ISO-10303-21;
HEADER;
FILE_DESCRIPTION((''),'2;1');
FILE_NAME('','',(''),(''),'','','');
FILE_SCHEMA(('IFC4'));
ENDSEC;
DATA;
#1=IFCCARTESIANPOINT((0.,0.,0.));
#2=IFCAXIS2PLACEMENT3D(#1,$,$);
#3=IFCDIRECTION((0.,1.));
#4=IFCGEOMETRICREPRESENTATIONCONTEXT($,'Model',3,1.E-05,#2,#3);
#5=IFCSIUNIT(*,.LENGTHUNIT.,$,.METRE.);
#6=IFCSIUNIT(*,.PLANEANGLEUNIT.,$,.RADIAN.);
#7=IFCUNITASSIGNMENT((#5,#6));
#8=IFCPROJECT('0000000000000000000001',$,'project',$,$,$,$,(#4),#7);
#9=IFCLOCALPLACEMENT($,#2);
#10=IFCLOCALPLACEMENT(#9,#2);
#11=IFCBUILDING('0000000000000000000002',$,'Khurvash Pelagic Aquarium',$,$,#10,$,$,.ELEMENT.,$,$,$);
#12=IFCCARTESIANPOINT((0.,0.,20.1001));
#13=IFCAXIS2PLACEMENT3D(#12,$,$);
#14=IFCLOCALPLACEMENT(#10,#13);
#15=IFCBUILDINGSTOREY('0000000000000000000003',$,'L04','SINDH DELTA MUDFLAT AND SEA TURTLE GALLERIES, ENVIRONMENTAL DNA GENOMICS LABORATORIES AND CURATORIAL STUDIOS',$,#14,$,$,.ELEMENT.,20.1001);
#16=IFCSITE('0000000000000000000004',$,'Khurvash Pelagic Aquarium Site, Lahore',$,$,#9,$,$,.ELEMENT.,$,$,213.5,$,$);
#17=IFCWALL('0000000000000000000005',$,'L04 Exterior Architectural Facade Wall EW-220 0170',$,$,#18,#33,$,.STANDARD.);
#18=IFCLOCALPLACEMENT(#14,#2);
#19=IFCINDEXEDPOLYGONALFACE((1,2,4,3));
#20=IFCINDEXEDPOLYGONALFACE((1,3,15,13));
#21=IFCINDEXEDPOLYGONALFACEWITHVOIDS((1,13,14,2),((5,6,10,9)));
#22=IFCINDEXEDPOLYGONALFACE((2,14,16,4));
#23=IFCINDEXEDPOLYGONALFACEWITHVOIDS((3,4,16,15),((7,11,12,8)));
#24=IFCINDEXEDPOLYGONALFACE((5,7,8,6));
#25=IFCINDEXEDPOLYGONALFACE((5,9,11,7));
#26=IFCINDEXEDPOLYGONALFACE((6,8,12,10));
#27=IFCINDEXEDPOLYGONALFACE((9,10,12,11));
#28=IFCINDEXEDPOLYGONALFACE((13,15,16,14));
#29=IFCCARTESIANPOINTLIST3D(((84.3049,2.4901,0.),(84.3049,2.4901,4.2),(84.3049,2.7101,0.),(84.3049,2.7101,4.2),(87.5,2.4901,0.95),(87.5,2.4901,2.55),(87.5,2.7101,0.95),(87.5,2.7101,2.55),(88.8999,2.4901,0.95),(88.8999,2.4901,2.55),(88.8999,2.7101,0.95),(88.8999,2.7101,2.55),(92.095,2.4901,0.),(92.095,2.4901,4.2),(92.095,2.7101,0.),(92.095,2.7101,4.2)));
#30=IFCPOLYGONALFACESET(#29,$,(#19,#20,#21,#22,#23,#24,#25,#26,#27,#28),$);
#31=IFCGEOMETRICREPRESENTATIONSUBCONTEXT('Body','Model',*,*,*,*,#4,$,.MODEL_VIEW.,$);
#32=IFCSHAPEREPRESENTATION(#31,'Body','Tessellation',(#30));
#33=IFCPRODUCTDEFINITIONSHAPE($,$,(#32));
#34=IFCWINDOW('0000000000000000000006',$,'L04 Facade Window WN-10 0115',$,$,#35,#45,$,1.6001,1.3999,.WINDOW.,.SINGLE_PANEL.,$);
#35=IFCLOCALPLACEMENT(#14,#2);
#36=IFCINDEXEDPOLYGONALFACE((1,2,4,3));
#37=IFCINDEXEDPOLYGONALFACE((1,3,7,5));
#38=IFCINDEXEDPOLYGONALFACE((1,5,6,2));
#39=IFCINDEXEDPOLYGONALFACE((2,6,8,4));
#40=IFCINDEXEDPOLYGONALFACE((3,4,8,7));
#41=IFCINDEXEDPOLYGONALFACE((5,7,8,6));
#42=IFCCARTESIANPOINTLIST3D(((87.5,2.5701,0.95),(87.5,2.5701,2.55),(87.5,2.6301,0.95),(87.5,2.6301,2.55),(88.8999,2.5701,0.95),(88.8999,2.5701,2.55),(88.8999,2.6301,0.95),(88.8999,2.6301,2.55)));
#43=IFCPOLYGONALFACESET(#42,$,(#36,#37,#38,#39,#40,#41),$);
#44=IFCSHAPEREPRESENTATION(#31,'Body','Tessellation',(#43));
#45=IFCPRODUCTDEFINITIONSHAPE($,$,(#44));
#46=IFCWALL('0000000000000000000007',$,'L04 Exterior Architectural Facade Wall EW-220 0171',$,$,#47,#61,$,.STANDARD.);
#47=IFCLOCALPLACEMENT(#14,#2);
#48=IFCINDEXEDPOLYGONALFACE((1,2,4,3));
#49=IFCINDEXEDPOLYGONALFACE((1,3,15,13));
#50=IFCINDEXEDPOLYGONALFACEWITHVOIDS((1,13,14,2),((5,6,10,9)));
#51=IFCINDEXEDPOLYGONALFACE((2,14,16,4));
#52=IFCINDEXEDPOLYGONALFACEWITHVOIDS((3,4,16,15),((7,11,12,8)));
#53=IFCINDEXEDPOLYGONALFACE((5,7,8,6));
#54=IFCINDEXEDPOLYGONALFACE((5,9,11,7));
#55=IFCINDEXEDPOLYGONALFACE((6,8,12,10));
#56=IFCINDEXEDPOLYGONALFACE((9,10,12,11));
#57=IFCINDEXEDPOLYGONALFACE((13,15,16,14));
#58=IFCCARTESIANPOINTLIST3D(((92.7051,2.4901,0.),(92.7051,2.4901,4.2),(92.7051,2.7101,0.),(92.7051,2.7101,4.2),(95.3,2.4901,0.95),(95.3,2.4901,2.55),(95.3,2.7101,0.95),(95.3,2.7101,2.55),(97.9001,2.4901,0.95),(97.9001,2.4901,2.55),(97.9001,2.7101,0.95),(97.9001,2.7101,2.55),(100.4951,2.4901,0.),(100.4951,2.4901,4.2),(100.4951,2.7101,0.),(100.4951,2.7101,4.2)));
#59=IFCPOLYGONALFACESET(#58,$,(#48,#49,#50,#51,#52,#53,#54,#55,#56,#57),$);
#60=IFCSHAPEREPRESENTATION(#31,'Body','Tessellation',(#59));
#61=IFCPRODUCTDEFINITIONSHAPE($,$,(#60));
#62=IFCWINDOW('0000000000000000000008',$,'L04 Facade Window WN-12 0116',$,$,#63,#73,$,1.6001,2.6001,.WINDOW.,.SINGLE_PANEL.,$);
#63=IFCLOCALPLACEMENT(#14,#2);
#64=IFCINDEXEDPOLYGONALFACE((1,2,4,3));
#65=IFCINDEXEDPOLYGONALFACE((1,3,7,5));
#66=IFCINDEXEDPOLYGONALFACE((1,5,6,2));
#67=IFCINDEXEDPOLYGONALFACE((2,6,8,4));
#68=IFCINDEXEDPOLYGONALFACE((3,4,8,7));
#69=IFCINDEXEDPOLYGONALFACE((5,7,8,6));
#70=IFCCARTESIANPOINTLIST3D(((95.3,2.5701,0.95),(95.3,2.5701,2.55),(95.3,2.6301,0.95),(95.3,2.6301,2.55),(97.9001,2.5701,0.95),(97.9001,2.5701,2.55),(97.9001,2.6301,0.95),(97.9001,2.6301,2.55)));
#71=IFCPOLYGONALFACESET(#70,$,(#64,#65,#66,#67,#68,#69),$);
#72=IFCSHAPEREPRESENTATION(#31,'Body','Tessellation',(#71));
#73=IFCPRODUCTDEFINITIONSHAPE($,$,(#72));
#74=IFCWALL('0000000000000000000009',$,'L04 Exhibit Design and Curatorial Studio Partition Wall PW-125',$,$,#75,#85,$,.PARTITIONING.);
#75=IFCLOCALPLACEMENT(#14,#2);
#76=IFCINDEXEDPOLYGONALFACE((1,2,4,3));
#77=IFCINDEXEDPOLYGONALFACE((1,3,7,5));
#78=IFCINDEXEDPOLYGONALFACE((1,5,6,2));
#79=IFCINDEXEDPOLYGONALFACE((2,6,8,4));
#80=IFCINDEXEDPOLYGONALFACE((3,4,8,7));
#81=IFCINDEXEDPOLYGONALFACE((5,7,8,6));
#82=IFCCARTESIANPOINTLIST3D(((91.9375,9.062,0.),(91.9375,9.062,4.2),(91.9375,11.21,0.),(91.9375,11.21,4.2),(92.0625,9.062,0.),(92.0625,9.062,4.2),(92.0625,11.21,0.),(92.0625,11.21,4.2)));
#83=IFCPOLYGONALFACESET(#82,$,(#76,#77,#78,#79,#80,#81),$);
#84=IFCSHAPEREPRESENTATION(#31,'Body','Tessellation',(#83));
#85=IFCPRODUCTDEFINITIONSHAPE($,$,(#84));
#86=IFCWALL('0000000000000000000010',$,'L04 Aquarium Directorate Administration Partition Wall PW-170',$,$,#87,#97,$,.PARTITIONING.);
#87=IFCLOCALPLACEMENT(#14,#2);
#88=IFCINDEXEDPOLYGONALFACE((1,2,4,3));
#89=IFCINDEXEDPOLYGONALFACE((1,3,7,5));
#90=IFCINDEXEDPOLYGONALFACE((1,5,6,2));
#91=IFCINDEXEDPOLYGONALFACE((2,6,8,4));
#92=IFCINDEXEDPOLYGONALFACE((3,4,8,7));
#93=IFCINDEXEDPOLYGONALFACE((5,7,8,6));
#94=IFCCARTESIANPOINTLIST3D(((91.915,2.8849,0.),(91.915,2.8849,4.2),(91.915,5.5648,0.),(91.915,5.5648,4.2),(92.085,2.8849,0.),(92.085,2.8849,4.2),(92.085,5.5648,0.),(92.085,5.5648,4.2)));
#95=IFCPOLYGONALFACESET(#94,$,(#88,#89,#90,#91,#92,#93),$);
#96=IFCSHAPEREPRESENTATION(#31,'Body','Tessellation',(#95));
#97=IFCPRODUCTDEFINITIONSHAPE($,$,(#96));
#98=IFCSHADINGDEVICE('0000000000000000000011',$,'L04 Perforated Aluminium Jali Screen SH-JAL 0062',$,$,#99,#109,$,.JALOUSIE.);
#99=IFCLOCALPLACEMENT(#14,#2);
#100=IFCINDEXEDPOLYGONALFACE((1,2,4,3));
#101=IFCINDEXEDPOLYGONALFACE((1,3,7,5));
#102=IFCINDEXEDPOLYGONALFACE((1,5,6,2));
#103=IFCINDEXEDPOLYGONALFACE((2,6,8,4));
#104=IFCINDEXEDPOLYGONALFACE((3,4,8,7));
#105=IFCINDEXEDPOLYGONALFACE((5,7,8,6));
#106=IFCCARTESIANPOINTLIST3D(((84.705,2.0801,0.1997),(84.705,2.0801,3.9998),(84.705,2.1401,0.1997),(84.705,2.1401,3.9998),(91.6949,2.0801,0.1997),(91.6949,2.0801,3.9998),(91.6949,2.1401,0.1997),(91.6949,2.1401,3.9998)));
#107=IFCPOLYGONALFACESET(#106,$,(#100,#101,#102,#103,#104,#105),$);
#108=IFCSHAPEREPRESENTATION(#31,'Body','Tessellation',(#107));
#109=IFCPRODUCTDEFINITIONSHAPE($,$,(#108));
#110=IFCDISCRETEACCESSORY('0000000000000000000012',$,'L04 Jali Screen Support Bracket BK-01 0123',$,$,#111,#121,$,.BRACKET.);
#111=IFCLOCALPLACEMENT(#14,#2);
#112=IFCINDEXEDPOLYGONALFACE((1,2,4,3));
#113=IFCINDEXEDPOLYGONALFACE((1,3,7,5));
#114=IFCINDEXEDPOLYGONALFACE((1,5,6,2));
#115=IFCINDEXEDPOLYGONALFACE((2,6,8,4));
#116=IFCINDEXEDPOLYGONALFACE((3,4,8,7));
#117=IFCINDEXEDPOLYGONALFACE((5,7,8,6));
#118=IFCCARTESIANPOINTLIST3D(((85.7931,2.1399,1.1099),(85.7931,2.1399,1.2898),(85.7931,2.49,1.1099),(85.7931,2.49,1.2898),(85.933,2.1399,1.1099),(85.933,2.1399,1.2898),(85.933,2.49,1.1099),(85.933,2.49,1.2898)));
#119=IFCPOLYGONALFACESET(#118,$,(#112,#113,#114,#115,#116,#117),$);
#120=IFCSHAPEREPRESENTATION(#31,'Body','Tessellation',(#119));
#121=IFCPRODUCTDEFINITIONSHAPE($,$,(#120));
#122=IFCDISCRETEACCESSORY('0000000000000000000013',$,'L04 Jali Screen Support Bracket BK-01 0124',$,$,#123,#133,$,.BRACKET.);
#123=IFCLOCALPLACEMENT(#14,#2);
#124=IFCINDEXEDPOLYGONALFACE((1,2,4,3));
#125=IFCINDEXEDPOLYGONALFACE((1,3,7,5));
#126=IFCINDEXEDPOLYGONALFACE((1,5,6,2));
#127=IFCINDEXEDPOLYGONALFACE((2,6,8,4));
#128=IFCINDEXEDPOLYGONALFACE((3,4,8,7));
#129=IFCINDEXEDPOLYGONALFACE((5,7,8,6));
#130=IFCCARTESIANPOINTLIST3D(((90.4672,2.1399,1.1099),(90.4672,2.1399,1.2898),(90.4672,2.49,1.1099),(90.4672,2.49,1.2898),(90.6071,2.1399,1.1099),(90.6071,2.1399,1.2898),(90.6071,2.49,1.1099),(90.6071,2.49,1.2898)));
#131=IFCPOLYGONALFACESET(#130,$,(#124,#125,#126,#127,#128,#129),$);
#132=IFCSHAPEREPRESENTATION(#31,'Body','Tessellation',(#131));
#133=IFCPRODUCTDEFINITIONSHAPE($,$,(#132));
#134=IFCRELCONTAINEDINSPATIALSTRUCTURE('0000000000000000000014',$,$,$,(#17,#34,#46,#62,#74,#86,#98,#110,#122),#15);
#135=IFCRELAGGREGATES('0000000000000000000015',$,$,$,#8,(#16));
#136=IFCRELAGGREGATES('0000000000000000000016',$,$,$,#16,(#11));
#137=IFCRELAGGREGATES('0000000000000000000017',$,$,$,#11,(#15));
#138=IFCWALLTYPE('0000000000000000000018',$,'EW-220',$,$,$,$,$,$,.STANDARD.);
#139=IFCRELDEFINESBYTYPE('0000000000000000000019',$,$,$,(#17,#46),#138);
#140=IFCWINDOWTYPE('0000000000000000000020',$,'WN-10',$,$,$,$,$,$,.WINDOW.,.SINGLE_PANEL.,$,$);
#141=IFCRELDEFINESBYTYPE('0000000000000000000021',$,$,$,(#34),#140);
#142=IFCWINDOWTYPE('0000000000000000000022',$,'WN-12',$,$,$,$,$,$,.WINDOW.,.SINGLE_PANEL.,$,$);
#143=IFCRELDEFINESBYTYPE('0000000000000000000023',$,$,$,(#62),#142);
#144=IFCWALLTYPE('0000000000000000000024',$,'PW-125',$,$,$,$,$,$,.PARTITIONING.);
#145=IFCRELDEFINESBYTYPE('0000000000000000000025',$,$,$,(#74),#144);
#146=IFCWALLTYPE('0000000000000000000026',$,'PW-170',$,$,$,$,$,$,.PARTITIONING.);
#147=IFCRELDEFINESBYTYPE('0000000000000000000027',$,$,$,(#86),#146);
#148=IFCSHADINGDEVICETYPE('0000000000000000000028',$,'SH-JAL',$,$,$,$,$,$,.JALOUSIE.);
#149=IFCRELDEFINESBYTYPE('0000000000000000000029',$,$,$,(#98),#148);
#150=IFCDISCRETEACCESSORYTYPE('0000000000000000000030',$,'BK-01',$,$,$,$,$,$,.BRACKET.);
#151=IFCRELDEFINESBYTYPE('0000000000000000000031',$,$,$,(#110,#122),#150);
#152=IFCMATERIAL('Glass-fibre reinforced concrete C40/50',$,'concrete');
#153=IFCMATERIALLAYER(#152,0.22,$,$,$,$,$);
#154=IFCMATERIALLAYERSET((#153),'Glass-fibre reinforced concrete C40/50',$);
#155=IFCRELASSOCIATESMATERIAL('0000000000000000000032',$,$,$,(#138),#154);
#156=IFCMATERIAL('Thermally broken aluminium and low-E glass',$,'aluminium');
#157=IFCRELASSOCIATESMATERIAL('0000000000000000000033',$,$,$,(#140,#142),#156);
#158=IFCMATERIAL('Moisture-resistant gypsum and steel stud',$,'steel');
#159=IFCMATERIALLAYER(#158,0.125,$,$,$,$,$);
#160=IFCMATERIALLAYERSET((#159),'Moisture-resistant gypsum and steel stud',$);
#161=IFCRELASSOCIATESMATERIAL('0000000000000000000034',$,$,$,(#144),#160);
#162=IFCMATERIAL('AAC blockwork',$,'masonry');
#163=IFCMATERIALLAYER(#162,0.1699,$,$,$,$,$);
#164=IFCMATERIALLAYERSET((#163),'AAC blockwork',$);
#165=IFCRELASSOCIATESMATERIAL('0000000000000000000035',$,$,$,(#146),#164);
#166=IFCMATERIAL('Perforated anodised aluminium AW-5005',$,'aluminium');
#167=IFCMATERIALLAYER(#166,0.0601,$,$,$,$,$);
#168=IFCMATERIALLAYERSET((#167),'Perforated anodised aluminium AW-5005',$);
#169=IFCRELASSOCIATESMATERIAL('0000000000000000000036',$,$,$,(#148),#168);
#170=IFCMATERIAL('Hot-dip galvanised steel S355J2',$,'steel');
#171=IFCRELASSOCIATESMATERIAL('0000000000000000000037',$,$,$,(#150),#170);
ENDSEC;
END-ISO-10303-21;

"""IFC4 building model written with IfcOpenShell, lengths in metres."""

from ifc_helpers import new_model, si_unit, direction, frame, frame_2d, origin, origin_2d, place, context, subcontext, project, spatial, rectangle, extrude, material, layer, layer_set, type_object, element, fill, save


model = new_model("IFC4")

# Units and contexts
model_context = context("Model", 3, precision=1e-05, world=origin(), true_north=direction((0.0, 1.0)))
body_context = subcontext(model_context, "Body", "Model", "MODEL_VIEW")
ifc_project = project(units=[si_unit("LENGTHUNIT", "METRE"), si_unit("PLANEANGLEUNIT", "RADIAN")], contexts=[model_context])

# Site, building, storey
site_placement = place(None, origin())
site = spatial("IfcSite", under=ifc_project, at=site_placement, Name="Khurvash Pelagic Aquarium Site, Lahore", CompositionType="ELEMENT", RefElevation=213.5)
building_placement = place(site_placement, origin())
building = spatial("IfcBuilding", under=site, at=building_placement, Name="Khurvash Pelagic Aquarium", CompositionType="ELEMENT")
storey_placement = place(building_placement, frame((0.0, 0.0, 20.1001)))
storey = spatial("IfcBuildingStorey", under=building, at=storey_placement, Name="L04", Description="SINDH DELTA MUDFLAT AND SEA TURTLE GALLERIES, ENVIRONMENTAL DNA GENOMICS LABORATORIES AND CURATORIAL STUDIOS", CompositionType="ELEMENT", Elevation=20.1001)

# Walls, openings, windows
ifc_material_1 = material(Name="Glass-fibre reinforced concrete C40/50", Category="concrete")
ifc_layer_1 = layer(ifc_material_1, 0.22)
ifc_layer_set_1 = layer_set([ifc_layer_1], Name="Glass-fibre reinforced concrete C40/50")
wall_type_1 = type_object("IfcWallType", Name="EW-220", PredefinedType="STANDARD", material=ifc_layer_set_1)
wall_1_placement = place(storey_placement, frame((84.3049, 2.6001, 0.0), z_axis=(0.0, 0.0, 1.0), x_axis=(1.0, 0.0, 0.0)))
wall_1 = element("IfcWall", 1, at=wall_1_placement, inside=storey, type_object=wall_type_1, Name="L04 Exterior Architectural Facade Wall EW-220 0170", PredefinedType="STANDARD", context=body_context, shape_type="SweptSolid", body=[
    extrude(rectangle(XDim=7.79, YDim=0.22, at=frame_2d((3.895, 0.0))), origin(), (0.0, 0.0, 1.0), 4.2),
])
opening_1_placement = place(wall_1_placement, frame((3.1951, 0.0, 0.95)))
opening_1 = element("IfcOpeningElement", 2, at=opening_1_placement, cuts=wall_1, PredefinedType="OPENING", context=body_context, shape_type="SweptSolid", body=[
    extrude(rectangle(XDim=1.3999, YDim=1.6001, at=frame_2d((0.7, 0.8))), frame((0.0, 0.1201, 0.0), z_axis=(0.0, -1.0, 0.0), x_axis=(1.0, 0.0, 0.0)), (0.0, 0.0, 1.0), 0.24),
])
ifc_material_2 = material(Name="Thermally broken aluminium and low-E glass", Category="aluminium")
window_type_1 = type_object("IfcWindowType", Name="WN-10", PartitioningType="SINGLE_PANEL", PredefinedType="WINDOW", material=ifc_material_2)
window_1_placement = place(opening_1_placement, origin())
window_1 = element("IfcWindow", 3, at=window_1_placement, inside=storey, type_object=window_type_1, Name="L04 Facade Window WN-10 0115", OverallHeight=1.6001, OverallWidth=1.3999, PartitioningType="SINGLE_PANEL", PredefinedType="WINDOW", context=body_context, shape_type="SweptSolid", body=[
    extrude(rectangle(XDim=1.3999, YDim=1.6001, at=frame_2d((0.7, 0.8))), frame((0.0, 0.03, 0.0), z_axis=(0.0, -1.0, 0.0), x_axis=(1.0, 0.0, 0.0)), (0.0, 0.0, 1.0), 0.0601),
])
fill(opening_1, window_1)
wall_2_placement = place(storey_placement, frame((92.7051, 2.6001, 0.0), z_axis=(0.0, 0.0, 1.0), x_axis=(1.0, 0.0, 0.0)))
wall_2 = element("IfcWall", 4, at=wall_2_placement, inside=storey, type_object=wall_type_1, Name="L04 Exterior Architectural Facade Wall EW-220 0171", PredefinedType="STANDARD", context=body_context, shape_type="SweptSolid", body=[
    extrude(rectangle(XDim=7.79, YDim=0.22, at=frame_2d((3.895, 0.0))), origin(), (0.0, 0.0, 1.0), 4.2),
])
opening_2_placement = place(wall_2_placement, frame((2.595, 0.0, 0.95)))
opening_2 = element("IfcOpeningElement", 5, at=opening_2_placement, cuts=wall_2, PredefinedType="OPENING", context=body_context, shape_type="SweptSolid", body=[
    extrude(rectangle(XDim=2.6001, YDim=1.6001, at=frame_2d((1.3, 0.8))), frame((0.0, 0.1201, 0.0), z_axis=(0.0, -1.0, 0.0), x_axis=(1.0, 0.0, 0.0)), (0.0, 0.0, 1.0), 0.24),
])
window_type_2 = type_object("IfcWindowType", Name="WN-12", PartitioningType="SINGLE_PANEL", PredefinedType="WINDOW", material=ifc_material_2)
window_2_placement = place(opening_2_placement, origin())
window_2 = element("IfcWindow", 6, at=window_2_placement, inside=storey, type_object=window_type_2, Name="L04 Facade Window WN-12 0116", OverallHeight=1.6001, OverallWidth=2.6001, PartitioningType="SINGLE_PANEL", PredefinedType="WINDOW", context=body_context, shape_type="SweptSolid", body=[
    extrude(rectangle(XDim=2.6001, YDim=1.6001, at=frame_2d((1.3, 0.8))), frame((0.0, 0.03, 0.0), z_axis=(0.0, -1.0, 0.0), x_axis=(1.0, 0.0, 0.0)), (0.0, 0.0, 1.0), 0.0601),
])
fill(opening_2, window_2)

# Walls
ifc_material_3 = material(Name="Moisture-resistant gypsum and steel stud", Category="steel")
ifc_layer_2 = layer(ifc_material_3, 0.125)
ifc_layer_set_2 = layer_set([ifc_layer_2], Name="Moisture-resistant gypsum and steel stud")
wall_type_2 = type_object("IfcWallType", Name="PW-125", PredefinedType="PARTITIONING", material=ifc_layer_set_2)
wall_3_placement = place(storey_placement, frame((92.0, 9.062, 0.0), z_axis=(0.0, 0.0, 1.0), x_axis=(0.0, 1.0, 0.0)))
element("IfcWall", 7, at=wall_3_placement, inside=storey, type_object=wall_type_2, Name="L04 Exhibit Design and Curatorial Studio Partition Wall PW-125", PredefinedType="PARTITIONING", context=body_context, shape_type="SweptSolid", body=[
    extrude(rectangle(XDim=2.1479, YDim=0.125, at=frame_2d((1.074, 0.0))), origin(), (0.0, 0.0, 1.0), 4.2),
])
ifc_material_4 = material(Name="AAC blockwork", Category="masonry")
ifc_layer_3 = layer(ifc_material_4, 0.1699)
ifc_layer_set_3 = layer_set([ifc_layer_3], Name="AAC blockwork")
wall_type_3 = type_object("IfcWallType", Name="PW-170", PredefinedType="PARTITIONING", material=ifc_layer_set_3)
wall_4_placement = place(storey_placement, frame((92.0, 2.885, 0.0), z_axis=(0.0, 0.0, 1.0), x_axis=(0.0, 1.0, 0.0)))
element("IfcWall", 8, at=wall_4_placement, inside=storey, type_object=wall_type_3, Name="L04 Aquarium Directorate Administration Partition Wall PW-170", PredefinedType="PARTITIONING", context=body_context, shape_type="SweptSolid", body=[
    extrude(rectangle(XDim=2.6799, YDim=0.1699, at=frame_2d((1.3398, 0.0))), origin(), (0.0, 0.0, 1.0), 4.2),
])

# Shading device
ifc_material_5 = material(Name="Perforated anodised aluminium AW-5005", Category="aluminium")
ifc_layer_4 = layer(ifc_material_5, 0.0601)
ifc_layer_set_4 = layer_set([ifc_layer_4], Name="Perforated anodised aluminium AW-5005")
shading_device_type = type_object("IfcShadingDeviceType", Name="SH-JAL", PredefinedType="JALOUSIE", material=ifc_layer_set_4)
shading_device_placement = place(storey_placement, frame((88.2, 2.1101, 0.1997), z_axis=(0.0, 0.0, 1.0), x_axis=(1.0, 0.0, 0.0)))
element("IfcShadingDevice", 9, at=shading_device_placement, inside=storey, type_object=shading_device_type, Name="L04 Perforated Aluminium Jali Screen SH-JAL 0062", PredefinedType="JALOUSIE", context=body_context, shape_type="SweptSolid", body=[
    extrude(rectangle(XDim=6.99, YDim=0.0601, at=origin_2d()), origin(), (0.0, 0.0, 1.0), 3.8),
])

# Discrete accessories
ifc_material_6 = material(Name="Hot-dip galvanised steel S355J2", Category="steel")
discrete_accessory_type = type_object("IfcDiscreteAccessoryType", Name="BK-01", PredefinedType="BRACKET", material=ifc_material_6)
for number, where, z_axis, x_axis, name in (
    (10, (85.863, 2.3149, 1.1099), (0.0, 0.0, 1.0), (1.0, 0.0, 0.0), "L04 Jali Screen Support Bracket BK-01 0123"),
    (11, (90.5371, 2.3149, 1.1099), (0.0, 0.0, 1.0), (1.0, 0.0, 0.0), "L04 Jali Screen Support Bracket BK-01 0124"),
):
    element("IfcDiscreteAccessory", number, at=place(storey_placement, frame(where, z_axis=z_axis, x_axis=x_axis)), inside=storey, type_object=discrete_accessory_type, Name=name, PredefinedType="BRACKET", context=body_context, shape_type="SweptSolid", body=[
        extrude(rectangle(XDim=0.1399, YDim=0.3501, at=origin_2d()), origin(), (0.0, 0.0, 1.0), 0.1799),
    ])

save(model, "model.ifc")
